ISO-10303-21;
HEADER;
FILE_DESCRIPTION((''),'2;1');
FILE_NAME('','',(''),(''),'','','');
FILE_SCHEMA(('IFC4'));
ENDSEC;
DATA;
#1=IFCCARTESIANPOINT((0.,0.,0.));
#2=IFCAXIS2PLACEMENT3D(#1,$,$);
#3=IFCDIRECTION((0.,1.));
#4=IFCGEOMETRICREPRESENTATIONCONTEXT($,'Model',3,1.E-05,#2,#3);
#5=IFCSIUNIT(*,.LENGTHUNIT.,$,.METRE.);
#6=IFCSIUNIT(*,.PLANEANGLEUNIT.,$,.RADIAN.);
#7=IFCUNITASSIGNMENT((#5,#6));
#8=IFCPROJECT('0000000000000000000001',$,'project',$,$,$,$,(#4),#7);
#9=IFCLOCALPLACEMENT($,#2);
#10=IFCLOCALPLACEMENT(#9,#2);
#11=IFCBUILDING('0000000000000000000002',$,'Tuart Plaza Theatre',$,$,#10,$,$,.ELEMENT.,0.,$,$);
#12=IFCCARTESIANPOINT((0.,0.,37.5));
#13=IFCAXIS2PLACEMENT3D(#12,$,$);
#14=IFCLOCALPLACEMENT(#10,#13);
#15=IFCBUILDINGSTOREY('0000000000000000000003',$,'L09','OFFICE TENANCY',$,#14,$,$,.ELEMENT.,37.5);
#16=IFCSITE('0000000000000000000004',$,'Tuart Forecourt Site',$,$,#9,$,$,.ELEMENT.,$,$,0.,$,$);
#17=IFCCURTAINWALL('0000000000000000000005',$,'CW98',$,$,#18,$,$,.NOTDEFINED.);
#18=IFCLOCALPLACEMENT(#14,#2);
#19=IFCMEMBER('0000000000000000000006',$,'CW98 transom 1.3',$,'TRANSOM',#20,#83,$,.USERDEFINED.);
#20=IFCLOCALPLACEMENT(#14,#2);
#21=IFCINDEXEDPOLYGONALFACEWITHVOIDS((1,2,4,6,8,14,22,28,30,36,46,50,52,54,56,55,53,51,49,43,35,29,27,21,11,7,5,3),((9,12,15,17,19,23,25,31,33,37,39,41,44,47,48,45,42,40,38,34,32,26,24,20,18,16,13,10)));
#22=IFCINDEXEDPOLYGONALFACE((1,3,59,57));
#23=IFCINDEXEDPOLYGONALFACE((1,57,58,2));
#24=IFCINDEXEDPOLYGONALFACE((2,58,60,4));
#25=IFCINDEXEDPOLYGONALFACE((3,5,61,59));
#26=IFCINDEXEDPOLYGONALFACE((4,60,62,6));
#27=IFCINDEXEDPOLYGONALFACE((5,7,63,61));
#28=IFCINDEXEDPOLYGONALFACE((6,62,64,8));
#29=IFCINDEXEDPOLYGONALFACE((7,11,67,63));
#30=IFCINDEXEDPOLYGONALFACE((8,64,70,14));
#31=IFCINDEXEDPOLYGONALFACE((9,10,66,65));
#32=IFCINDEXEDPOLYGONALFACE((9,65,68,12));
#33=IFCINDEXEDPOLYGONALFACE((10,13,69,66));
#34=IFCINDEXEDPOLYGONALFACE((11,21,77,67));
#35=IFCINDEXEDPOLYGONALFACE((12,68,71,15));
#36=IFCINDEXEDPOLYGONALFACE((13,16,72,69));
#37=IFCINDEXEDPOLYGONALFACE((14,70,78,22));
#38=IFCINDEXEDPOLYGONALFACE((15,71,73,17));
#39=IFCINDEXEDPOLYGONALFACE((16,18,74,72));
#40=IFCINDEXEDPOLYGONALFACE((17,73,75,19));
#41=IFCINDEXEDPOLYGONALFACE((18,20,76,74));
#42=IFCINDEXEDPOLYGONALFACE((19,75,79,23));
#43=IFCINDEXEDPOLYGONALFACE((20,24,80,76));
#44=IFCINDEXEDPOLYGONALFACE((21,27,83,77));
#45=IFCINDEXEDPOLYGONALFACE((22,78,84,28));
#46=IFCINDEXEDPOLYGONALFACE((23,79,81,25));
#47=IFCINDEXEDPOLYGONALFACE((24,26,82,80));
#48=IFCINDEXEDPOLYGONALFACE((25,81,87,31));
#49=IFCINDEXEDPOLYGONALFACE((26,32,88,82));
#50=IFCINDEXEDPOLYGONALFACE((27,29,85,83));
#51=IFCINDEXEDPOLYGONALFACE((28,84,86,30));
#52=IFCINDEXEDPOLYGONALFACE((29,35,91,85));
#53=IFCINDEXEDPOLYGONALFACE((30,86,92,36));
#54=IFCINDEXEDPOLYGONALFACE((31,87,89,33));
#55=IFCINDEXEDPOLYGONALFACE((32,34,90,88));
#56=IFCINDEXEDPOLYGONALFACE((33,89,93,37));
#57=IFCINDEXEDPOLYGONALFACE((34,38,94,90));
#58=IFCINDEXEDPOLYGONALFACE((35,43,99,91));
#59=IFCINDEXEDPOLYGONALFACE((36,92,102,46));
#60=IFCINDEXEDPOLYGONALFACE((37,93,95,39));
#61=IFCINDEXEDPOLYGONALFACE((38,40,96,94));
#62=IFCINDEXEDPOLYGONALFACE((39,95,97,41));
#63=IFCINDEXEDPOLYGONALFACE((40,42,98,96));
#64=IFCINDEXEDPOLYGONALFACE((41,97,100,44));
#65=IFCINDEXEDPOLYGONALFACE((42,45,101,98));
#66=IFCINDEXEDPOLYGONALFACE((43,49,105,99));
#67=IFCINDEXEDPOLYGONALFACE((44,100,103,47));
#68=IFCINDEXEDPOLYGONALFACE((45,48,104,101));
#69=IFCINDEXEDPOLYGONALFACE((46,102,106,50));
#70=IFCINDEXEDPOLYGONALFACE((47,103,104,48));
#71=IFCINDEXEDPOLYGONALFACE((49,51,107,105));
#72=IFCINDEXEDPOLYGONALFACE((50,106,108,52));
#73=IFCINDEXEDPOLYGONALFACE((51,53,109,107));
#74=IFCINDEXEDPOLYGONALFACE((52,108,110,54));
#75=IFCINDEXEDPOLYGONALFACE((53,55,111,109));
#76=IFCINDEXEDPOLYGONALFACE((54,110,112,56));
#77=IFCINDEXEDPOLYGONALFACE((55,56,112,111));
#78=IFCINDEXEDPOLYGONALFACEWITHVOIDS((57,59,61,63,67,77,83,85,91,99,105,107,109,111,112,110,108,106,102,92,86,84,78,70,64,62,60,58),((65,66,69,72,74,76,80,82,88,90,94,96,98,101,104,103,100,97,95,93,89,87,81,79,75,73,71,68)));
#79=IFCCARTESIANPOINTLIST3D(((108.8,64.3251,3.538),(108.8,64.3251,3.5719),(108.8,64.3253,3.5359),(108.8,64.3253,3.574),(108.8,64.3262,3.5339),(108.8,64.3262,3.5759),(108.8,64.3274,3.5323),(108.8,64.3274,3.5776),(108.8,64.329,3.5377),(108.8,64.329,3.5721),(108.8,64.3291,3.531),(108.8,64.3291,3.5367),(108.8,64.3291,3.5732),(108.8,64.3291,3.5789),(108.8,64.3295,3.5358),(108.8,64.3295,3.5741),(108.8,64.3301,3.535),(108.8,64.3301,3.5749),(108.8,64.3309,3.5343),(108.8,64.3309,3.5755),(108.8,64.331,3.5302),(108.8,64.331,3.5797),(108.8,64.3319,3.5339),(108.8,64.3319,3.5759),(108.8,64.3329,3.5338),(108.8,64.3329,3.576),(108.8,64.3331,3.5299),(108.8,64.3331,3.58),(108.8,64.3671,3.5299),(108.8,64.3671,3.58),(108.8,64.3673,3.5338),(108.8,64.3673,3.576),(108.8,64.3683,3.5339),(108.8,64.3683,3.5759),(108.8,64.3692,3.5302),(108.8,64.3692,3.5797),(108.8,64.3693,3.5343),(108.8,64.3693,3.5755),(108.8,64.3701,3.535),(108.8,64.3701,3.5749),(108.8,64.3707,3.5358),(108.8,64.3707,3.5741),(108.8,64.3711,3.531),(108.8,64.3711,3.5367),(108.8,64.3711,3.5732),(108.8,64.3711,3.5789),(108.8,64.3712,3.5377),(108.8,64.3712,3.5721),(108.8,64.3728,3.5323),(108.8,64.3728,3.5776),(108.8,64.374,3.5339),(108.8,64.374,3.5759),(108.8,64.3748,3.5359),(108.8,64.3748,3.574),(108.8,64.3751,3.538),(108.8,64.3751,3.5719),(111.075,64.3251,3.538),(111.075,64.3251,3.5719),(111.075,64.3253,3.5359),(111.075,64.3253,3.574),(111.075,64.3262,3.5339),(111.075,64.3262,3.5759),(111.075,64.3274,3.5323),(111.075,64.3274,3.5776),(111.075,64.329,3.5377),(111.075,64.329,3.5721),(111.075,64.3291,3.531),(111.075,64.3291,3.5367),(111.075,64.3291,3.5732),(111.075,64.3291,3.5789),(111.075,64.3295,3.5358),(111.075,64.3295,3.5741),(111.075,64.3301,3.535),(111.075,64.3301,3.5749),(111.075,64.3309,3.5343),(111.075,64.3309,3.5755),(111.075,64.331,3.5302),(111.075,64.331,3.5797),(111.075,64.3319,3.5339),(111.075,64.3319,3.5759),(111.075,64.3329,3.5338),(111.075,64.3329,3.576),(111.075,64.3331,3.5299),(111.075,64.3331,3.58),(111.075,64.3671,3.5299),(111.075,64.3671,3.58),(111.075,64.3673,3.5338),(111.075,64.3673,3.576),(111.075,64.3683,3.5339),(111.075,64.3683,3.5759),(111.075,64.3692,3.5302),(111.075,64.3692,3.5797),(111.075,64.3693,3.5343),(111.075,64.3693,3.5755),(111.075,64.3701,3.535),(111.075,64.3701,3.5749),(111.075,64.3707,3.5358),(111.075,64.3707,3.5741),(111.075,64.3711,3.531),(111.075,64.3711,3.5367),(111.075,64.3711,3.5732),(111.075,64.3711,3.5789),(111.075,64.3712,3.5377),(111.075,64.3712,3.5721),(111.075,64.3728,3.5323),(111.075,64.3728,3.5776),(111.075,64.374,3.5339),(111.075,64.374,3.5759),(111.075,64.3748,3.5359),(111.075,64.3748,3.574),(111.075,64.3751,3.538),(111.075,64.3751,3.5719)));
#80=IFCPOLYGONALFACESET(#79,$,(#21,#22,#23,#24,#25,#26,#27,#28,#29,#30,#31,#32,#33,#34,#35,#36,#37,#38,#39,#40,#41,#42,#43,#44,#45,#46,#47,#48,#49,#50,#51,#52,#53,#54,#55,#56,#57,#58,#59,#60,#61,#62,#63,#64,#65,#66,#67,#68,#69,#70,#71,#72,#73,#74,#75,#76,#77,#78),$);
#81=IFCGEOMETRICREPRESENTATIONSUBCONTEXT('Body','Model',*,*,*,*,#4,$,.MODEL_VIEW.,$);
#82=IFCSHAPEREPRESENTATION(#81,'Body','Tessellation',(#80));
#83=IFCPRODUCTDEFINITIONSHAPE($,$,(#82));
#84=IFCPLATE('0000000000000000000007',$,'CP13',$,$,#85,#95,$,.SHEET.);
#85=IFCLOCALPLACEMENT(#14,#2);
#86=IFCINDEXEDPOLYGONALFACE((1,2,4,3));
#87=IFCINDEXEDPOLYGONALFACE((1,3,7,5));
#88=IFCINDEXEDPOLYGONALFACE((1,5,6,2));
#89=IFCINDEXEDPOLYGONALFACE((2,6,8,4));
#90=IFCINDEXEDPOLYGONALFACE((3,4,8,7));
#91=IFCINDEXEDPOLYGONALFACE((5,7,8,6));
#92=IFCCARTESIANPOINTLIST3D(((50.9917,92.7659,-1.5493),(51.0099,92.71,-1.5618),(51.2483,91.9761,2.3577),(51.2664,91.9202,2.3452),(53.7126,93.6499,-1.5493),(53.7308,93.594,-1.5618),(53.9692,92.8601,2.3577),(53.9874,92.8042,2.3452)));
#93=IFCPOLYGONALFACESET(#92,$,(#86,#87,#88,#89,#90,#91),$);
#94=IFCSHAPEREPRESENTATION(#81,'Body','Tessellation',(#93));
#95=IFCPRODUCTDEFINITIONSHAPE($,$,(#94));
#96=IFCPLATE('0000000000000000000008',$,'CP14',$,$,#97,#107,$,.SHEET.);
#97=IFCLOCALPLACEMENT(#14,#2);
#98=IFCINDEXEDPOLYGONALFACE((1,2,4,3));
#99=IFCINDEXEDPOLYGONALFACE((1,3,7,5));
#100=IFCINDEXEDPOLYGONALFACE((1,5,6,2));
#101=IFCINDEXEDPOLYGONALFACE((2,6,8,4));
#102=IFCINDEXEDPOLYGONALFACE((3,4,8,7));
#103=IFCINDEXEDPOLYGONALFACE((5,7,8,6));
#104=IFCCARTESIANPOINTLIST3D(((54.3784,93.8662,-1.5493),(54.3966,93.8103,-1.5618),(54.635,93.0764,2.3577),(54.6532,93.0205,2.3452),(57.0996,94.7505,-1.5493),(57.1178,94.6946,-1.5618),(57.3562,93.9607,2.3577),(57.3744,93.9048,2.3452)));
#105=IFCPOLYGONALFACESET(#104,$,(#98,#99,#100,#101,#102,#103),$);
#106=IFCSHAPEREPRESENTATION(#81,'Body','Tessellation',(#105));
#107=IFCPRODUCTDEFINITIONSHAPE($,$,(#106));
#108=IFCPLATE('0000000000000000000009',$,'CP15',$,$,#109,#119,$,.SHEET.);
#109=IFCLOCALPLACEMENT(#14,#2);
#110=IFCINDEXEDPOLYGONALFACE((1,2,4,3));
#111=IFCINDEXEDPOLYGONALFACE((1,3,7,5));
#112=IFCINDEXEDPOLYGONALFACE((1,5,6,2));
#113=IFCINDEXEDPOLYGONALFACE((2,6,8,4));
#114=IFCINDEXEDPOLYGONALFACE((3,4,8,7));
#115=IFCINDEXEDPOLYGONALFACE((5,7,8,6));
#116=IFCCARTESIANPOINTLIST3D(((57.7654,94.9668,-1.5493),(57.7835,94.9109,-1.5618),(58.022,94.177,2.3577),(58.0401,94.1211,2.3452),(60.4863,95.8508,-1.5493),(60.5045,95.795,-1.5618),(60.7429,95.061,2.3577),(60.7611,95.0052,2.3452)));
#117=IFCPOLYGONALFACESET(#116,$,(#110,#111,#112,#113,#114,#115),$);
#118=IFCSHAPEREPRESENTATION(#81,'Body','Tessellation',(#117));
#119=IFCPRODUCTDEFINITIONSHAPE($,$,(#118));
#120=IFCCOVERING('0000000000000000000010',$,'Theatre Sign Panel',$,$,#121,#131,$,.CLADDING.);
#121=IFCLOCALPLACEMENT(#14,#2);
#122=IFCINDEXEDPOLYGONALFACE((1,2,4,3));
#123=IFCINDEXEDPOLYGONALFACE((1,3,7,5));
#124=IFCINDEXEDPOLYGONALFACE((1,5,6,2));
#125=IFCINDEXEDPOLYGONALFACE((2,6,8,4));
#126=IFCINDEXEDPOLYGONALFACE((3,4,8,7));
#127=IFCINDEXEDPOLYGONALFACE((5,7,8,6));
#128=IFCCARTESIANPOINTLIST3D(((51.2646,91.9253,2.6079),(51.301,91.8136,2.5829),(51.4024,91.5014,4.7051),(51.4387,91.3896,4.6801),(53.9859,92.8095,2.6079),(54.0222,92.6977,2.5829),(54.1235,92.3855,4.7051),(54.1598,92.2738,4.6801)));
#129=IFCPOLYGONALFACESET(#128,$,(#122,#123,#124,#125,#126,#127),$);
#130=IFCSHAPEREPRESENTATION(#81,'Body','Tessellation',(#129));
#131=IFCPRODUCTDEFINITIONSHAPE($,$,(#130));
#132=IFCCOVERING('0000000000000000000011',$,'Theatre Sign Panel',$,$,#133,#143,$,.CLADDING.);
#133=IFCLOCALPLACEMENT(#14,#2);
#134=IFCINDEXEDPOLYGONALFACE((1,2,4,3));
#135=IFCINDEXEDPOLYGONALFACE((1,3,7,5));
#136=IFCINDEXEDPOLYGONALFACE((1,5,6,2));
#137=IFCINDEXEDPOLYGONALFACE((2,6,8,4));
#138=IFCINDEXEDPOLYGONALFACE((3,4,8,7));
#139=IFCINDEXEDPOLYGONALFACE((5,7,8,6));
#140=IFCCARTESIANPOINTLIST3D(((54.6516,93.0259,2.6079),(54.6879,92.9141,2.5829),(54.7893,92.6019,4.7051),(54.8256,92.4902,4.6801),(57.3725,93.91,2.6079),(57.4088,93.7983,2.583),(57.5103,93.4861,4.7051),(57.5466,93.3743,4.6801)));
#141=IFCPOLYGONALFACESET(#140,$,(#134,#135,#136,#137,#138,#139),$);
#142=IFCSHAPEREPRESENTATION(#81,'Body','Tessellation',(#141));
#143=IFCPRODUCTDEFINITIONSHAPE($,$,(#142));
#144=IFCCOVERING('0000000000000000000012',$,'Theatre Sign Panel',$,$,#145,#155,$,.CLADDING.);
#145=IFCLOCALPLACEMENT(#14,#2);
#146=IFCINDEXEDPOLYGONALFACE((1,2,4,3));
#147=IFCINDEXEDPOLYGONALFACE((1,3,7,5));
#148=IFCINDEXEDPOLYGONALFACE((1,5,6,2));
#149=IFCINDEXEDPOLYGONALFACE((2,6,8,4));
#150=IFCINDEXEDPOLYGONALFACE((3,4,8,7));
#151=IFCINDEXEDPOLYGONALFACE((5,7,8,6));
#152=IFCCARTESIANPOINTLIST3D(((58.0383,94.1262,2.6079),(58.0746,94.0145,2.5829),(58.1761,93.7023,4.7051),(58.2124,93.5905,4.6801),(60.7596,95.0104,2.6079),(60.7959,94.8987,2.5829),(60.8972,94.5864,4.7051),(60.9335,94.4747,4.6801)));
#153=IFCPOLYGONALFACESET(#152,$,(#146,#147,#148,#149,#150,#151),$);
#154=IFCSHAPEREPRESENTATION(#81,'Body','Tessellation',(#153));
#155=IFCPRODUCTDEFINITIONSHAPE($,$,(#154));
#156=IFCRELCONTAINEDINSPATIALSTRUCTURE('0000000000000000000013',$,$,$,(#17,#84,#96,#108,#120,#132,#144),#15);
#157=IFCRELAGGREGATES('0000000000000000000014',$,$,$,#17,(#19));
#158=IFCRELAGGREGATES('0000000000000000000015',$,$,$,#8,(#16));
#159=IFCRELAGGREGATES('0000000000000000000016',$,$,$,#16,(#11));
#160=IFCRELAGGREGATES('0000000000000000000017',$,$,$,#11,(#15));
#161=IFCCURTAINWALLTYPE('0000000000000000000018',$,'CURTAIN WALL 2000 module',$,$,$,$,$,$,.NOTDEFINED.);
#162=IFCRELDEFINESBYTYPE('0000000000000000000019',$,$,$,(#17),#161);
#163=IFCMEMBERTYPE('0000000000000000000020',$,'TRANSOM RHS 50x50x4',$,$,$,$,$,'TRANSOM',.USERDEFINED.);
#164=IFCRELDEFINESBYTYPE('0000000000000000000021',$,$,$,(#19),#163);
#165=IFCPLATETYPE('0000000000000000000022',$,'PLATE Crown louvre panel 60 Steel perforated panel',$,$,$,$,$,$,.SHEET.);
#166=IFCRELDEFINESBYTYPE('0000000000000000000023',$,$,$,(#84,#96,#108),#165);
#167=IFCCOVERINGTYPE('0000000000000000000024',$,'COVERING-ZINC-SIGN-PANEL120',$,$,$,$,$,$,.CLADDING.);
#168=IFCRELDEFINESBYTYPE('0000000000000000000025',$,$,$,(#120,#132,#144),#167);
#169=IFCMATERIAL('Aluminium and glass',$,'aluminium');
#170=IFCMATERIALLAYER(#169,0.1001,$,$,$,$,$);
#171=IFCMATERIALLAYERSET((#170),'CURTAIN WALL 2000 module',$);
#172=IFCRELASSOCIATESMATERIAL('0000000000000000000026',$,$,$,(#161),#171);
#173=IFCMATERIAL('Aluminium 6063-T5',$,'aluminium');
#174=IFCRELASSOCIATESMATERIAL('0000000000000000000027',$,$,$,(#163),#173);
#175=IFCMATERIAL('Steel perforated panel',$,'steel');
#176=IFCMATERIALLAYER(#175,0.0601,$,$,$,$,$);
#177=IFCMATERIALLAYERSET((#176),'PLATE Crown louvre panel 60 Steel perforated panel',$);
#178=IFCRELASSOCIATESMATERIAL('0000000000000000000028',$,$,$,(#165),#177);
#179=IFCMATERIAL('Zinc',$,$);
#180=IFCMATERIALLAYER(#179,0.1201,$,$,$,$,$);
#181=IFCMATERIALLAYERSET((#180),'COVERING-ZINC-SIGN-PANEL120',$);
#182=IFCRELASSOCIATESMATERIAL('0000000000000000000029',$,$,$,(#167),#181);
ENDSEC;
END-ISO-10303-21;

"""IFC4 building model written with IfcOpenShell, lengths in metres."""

from ifc_helpers import new_model, si_unit, direction, frame, origin, origin_2d, place, context, subcontext, project, spatial, polyline, hollow_rectangle, outline, extrude, material, layer, layer_set, material_profile, profile_set, type_object, element, aggregate, save


model = new_model("IFC4")

# Units and contexts
model_context = context("Model", 3, precision=1e-05, world=origin(), true_north=direction((0.0, 1.0)))
body_context = subcontext(model_context, "Body", "Model", "MODEL_VIEW")
ifc_project = project(units=[si_unit("LENGTHUNIT", "METRE"), si_unit("PLANEANGLEUNIT", "RADIAN")], contexts=[model_context])

# Site, building, storey
site_placement = place(None, origin())
site = spatial("IfcSite", under=ifc_project, at=site_placement, Name="Tuart Forecourt Site", CompositionType="ELEMENT", RefElevation=0.0)
building_placement = place(site_placement, origin())
building = spatial("IfcBuilding", under=site, at=building_placement, Name="Tuart Plaza Theatre", CompositionType="ELEMENT", ElevationOfRefHeight=0.0)
storey_placement = place(building_placement, frame((0.0, 0.0, 37.5)))
storey = spatial("IfcBuildingStorey", under=building, at=storey_placement, Name="L09", Description="OFFICE TENANCY", CompositionType="ELEMENT", Elevation=37.5)

# Curtain wall, member
ifc_material_1 = material(Name="Aluminium and glass", Category="aluminium")
ifc_layer_1 = layer(ifc_material_1, 0.1001)
ifc_layer_set_1 = layer_set([ifc_layer_1], Name="CURTAIN WALL 2000 module")
curtain_wall_type_1 = type_object("IfcCurtainWallType", Name="CURTAIN WALL 2000 module", PredefinedType="NOTDEFINED", material=ifc_layer_set_1)
curtain_wall_1_placement = place(storey_placement, origin())
curtain_wall_1 = element("IfcCurtainWall", 1, at=curtain_wall_1_placement, inside=storey, type_object=curtain_wall_type_1, Name="CW98", PredefinedType="NOTDEFINED")
ifc_material_2 = material(Name="Aluminium 6063-T5", Category="aluminium")
ifc_material_profile_1 = material_profile(ifc_material_2, hollow_rectangle(XDim=0.05, YDim=0.05, WallThickness=0.0039, InnerFilletRadius=0.0039, OuterFilletRadius=0.0081, at=origin_2d()), Name="RHS 50x50x4")
ifc_profile_set_1 = profile_set([ifc_material_profile_1], Name="Aluminium 6063-T5")
member_type_1 = type_object("IfcMemberType", Name="TRANSOM RHS 50x50x4", ElementType="TRANSOM", PredefinedType="USERDEFINED", material=ifc_profile_set_1)
member_1_placement = place(storey_placement, frame((108.8, 64.3501, 3.5549), z_axis=(1.0, 0.0, 0.0), x_axis=(0.0, 1.0, 0.0)))
member_1 = element("IfcMember", 2, at=member_1_placement, type_object=member_type_1, Name="CW98 transom 1.3", ObjectType="TRANSOM", PredefinedType="USERDEFINED", context=body_context, shape_type="SweptSolid", body=[
    extrude(hollow_rectangle(XDim=0.05, YDim=0.05, WallThickness=0.0039, InnerFilletRadius=0.0039, OuterFilletRadius=0.0081, at=origin_2d()), origin(), (0.0, 0.0, 1.0), 2.2749),
])
aggregate(curtain_wall_1, [member_1])

# Plates
ifc_material_3 = material(Name="Steel perforated panel", Category="steel")
ifc_layer_2 = layer(ifc_material_3, 0.0601)
ifc_layer_set_2 = layer_set([ifc_layer_2], Name="PLATE Crown louvre panel 60 Steel perforated panel")
plate_type = type_object("IfcPlateType", Name="PLATE Crown louvre panel 60 Steel perforated panel", PredefinedType="SHEET", material=ifc_layer_set_2)
plate_1_placement = place(storey_placement, frame((50.9917, 92.7659, -1.5493), z_axis=(-0.302247, 0.93028, 0.207906), x_axis=(0.951062, 0.308999, 0.0)))
element("IfcPlate", 3, at=plate_1_placement, inside=storey, type_object=plate_type, Name="CP13", PredefinedType="SHEET", context=body_context, shape_type="SweptSolid", body=[
    extrude(outline(polyline([(0.0, 0.0), (2.861, 0.0), (2.8609, -3.9943), (0.0, -3.9943), (0.0, 0.0)])), origin(), (0.0, 0.0, -1.0), 0.0601),
])
plate_2_placement = place(storey_placement, frame((54.3784, 93.8662, -1.5493), z_axis=(-0.302298, 0.930264, 0.207906), x_axis=(0.951045, 0.309051, 0.0)))
element("IfcPlate", 4, at=plate_2_placement, inside=storey, type_object=plate_type, Name="CP14", PredefinedType="SHEET", context=body_context, shape_type="SweptSolid", body=[
    extrude(outline(polyline([(0.0, 0.0), (2.8613, 0.0), (2.8612, -3.9943), (-0.0001, -3.9943), (0.0, 0.0)])), origin(), (0.0, 0.0, -1.0), 0.0601),
])
plate_3_placement = place(storey_placement, frame((57.7654, 94.9668, -1.5493), z_axis=(-0.302247, 0.93028, 0.207906), x_axis=(0.951062, 0.308999, 0.0)))
element("IfcPlate", 5, at=plate_3_placement, inside=storey, type_object=plate_type, Name="CP15", PredefinedType="SHEET", context=body_context, shape_type="SweptSolid", body=[
    extrude(outline(polyline([(0.0, 0.0), (2.861, 0.0), (2.8609, -3.9943), (0.0, -3.9943), (0.0, 0.0)])), origin(), (0.0, 0.0, -1.0), 0.0601),
])

# Coverings
ifc_material_4 = material(Name="Zinc")
ifc_layer_3 = layer(ifc_material_4, 0.1201)
ifc_layer_set_3 = layer_set([ifc_layer_3], Name="COVERING-ZINC-SIGN-PANEL120")
covering_type = type_object("IfcCoveringType", Name="COVERING-ZINC-SIGN-PANEL120", PredefinedType="CLADDING", material=ifc_layer_set_3)
covering_1_placement = place(storey_placement, frame((51.2646, 91.9253, 2.6079), z_axis=(-0.302261, 0.930276, 0.207905), x_axis=(0.951057, 0.309014, -0.000008)))
element("IfcCovering", 6, at=covering_1_placement, inside=storey, type_object=covering_type, Name="Theatre Sign Panel", PredefinedType="CLADDING", context=body_context, shape_type="SweptSolid", body=[
    extrude(outline(polyline([(0.0, 0.0), (2.8613, 0.0), (2.8612, -2.144), (0.0, -2.144), (0.0, 0.0)])), origin(), (0.0, 0.0, -1.0), 0.1201),
])
covering_2_placement = place(storey_placement, frame((54.6516, 93.0259, 2.6079), z_axis=(-0.302285, 0.930268, 0.207905), x_axis=(0.95105, 0.309036, 0.000008)))
element("IfcCovering", 7, at=covering_2_placement, inside=storey, type_object=covering_type, Name="Theatre Sign Panel", PredefinedType="CLADDING", context=body_context, shape_type="SweptSolid", body=[
    extrude(outline(polyline([(0.0, 0.0), (2.861, 0.0), (2.861, -2.144), (-0.0001, -2.144), (0.0, 0.0)])), origin(), (0.0, 0.0, -1.0), 0.1201),
])
covering_3_placement = place(storey_placement, frame((58.0383, 94.1262, 2.6079), z_axis=(-0.302261, 0.930276, 0.207905), x_axis=(0.951057, 0.309014, -0.000008)))
element("IfcCovering", 8, at=covering_3_placement, inside=storey, type_object=covering_type, Name="Theatre Sign Panel", PredefinedType="CLADDING", context=body_context, shape_type="SweptSolid", body=[
    extrude(outline(polyline([(0.0, 0.0), (2.8613, 0.0), (2.8612, -2.144), (0.0, -2.144), (0.0, 0.0)])), origin(), (0.0, 0.0, -1.0), 0.1201),
])

save(model, "model.ifc")
